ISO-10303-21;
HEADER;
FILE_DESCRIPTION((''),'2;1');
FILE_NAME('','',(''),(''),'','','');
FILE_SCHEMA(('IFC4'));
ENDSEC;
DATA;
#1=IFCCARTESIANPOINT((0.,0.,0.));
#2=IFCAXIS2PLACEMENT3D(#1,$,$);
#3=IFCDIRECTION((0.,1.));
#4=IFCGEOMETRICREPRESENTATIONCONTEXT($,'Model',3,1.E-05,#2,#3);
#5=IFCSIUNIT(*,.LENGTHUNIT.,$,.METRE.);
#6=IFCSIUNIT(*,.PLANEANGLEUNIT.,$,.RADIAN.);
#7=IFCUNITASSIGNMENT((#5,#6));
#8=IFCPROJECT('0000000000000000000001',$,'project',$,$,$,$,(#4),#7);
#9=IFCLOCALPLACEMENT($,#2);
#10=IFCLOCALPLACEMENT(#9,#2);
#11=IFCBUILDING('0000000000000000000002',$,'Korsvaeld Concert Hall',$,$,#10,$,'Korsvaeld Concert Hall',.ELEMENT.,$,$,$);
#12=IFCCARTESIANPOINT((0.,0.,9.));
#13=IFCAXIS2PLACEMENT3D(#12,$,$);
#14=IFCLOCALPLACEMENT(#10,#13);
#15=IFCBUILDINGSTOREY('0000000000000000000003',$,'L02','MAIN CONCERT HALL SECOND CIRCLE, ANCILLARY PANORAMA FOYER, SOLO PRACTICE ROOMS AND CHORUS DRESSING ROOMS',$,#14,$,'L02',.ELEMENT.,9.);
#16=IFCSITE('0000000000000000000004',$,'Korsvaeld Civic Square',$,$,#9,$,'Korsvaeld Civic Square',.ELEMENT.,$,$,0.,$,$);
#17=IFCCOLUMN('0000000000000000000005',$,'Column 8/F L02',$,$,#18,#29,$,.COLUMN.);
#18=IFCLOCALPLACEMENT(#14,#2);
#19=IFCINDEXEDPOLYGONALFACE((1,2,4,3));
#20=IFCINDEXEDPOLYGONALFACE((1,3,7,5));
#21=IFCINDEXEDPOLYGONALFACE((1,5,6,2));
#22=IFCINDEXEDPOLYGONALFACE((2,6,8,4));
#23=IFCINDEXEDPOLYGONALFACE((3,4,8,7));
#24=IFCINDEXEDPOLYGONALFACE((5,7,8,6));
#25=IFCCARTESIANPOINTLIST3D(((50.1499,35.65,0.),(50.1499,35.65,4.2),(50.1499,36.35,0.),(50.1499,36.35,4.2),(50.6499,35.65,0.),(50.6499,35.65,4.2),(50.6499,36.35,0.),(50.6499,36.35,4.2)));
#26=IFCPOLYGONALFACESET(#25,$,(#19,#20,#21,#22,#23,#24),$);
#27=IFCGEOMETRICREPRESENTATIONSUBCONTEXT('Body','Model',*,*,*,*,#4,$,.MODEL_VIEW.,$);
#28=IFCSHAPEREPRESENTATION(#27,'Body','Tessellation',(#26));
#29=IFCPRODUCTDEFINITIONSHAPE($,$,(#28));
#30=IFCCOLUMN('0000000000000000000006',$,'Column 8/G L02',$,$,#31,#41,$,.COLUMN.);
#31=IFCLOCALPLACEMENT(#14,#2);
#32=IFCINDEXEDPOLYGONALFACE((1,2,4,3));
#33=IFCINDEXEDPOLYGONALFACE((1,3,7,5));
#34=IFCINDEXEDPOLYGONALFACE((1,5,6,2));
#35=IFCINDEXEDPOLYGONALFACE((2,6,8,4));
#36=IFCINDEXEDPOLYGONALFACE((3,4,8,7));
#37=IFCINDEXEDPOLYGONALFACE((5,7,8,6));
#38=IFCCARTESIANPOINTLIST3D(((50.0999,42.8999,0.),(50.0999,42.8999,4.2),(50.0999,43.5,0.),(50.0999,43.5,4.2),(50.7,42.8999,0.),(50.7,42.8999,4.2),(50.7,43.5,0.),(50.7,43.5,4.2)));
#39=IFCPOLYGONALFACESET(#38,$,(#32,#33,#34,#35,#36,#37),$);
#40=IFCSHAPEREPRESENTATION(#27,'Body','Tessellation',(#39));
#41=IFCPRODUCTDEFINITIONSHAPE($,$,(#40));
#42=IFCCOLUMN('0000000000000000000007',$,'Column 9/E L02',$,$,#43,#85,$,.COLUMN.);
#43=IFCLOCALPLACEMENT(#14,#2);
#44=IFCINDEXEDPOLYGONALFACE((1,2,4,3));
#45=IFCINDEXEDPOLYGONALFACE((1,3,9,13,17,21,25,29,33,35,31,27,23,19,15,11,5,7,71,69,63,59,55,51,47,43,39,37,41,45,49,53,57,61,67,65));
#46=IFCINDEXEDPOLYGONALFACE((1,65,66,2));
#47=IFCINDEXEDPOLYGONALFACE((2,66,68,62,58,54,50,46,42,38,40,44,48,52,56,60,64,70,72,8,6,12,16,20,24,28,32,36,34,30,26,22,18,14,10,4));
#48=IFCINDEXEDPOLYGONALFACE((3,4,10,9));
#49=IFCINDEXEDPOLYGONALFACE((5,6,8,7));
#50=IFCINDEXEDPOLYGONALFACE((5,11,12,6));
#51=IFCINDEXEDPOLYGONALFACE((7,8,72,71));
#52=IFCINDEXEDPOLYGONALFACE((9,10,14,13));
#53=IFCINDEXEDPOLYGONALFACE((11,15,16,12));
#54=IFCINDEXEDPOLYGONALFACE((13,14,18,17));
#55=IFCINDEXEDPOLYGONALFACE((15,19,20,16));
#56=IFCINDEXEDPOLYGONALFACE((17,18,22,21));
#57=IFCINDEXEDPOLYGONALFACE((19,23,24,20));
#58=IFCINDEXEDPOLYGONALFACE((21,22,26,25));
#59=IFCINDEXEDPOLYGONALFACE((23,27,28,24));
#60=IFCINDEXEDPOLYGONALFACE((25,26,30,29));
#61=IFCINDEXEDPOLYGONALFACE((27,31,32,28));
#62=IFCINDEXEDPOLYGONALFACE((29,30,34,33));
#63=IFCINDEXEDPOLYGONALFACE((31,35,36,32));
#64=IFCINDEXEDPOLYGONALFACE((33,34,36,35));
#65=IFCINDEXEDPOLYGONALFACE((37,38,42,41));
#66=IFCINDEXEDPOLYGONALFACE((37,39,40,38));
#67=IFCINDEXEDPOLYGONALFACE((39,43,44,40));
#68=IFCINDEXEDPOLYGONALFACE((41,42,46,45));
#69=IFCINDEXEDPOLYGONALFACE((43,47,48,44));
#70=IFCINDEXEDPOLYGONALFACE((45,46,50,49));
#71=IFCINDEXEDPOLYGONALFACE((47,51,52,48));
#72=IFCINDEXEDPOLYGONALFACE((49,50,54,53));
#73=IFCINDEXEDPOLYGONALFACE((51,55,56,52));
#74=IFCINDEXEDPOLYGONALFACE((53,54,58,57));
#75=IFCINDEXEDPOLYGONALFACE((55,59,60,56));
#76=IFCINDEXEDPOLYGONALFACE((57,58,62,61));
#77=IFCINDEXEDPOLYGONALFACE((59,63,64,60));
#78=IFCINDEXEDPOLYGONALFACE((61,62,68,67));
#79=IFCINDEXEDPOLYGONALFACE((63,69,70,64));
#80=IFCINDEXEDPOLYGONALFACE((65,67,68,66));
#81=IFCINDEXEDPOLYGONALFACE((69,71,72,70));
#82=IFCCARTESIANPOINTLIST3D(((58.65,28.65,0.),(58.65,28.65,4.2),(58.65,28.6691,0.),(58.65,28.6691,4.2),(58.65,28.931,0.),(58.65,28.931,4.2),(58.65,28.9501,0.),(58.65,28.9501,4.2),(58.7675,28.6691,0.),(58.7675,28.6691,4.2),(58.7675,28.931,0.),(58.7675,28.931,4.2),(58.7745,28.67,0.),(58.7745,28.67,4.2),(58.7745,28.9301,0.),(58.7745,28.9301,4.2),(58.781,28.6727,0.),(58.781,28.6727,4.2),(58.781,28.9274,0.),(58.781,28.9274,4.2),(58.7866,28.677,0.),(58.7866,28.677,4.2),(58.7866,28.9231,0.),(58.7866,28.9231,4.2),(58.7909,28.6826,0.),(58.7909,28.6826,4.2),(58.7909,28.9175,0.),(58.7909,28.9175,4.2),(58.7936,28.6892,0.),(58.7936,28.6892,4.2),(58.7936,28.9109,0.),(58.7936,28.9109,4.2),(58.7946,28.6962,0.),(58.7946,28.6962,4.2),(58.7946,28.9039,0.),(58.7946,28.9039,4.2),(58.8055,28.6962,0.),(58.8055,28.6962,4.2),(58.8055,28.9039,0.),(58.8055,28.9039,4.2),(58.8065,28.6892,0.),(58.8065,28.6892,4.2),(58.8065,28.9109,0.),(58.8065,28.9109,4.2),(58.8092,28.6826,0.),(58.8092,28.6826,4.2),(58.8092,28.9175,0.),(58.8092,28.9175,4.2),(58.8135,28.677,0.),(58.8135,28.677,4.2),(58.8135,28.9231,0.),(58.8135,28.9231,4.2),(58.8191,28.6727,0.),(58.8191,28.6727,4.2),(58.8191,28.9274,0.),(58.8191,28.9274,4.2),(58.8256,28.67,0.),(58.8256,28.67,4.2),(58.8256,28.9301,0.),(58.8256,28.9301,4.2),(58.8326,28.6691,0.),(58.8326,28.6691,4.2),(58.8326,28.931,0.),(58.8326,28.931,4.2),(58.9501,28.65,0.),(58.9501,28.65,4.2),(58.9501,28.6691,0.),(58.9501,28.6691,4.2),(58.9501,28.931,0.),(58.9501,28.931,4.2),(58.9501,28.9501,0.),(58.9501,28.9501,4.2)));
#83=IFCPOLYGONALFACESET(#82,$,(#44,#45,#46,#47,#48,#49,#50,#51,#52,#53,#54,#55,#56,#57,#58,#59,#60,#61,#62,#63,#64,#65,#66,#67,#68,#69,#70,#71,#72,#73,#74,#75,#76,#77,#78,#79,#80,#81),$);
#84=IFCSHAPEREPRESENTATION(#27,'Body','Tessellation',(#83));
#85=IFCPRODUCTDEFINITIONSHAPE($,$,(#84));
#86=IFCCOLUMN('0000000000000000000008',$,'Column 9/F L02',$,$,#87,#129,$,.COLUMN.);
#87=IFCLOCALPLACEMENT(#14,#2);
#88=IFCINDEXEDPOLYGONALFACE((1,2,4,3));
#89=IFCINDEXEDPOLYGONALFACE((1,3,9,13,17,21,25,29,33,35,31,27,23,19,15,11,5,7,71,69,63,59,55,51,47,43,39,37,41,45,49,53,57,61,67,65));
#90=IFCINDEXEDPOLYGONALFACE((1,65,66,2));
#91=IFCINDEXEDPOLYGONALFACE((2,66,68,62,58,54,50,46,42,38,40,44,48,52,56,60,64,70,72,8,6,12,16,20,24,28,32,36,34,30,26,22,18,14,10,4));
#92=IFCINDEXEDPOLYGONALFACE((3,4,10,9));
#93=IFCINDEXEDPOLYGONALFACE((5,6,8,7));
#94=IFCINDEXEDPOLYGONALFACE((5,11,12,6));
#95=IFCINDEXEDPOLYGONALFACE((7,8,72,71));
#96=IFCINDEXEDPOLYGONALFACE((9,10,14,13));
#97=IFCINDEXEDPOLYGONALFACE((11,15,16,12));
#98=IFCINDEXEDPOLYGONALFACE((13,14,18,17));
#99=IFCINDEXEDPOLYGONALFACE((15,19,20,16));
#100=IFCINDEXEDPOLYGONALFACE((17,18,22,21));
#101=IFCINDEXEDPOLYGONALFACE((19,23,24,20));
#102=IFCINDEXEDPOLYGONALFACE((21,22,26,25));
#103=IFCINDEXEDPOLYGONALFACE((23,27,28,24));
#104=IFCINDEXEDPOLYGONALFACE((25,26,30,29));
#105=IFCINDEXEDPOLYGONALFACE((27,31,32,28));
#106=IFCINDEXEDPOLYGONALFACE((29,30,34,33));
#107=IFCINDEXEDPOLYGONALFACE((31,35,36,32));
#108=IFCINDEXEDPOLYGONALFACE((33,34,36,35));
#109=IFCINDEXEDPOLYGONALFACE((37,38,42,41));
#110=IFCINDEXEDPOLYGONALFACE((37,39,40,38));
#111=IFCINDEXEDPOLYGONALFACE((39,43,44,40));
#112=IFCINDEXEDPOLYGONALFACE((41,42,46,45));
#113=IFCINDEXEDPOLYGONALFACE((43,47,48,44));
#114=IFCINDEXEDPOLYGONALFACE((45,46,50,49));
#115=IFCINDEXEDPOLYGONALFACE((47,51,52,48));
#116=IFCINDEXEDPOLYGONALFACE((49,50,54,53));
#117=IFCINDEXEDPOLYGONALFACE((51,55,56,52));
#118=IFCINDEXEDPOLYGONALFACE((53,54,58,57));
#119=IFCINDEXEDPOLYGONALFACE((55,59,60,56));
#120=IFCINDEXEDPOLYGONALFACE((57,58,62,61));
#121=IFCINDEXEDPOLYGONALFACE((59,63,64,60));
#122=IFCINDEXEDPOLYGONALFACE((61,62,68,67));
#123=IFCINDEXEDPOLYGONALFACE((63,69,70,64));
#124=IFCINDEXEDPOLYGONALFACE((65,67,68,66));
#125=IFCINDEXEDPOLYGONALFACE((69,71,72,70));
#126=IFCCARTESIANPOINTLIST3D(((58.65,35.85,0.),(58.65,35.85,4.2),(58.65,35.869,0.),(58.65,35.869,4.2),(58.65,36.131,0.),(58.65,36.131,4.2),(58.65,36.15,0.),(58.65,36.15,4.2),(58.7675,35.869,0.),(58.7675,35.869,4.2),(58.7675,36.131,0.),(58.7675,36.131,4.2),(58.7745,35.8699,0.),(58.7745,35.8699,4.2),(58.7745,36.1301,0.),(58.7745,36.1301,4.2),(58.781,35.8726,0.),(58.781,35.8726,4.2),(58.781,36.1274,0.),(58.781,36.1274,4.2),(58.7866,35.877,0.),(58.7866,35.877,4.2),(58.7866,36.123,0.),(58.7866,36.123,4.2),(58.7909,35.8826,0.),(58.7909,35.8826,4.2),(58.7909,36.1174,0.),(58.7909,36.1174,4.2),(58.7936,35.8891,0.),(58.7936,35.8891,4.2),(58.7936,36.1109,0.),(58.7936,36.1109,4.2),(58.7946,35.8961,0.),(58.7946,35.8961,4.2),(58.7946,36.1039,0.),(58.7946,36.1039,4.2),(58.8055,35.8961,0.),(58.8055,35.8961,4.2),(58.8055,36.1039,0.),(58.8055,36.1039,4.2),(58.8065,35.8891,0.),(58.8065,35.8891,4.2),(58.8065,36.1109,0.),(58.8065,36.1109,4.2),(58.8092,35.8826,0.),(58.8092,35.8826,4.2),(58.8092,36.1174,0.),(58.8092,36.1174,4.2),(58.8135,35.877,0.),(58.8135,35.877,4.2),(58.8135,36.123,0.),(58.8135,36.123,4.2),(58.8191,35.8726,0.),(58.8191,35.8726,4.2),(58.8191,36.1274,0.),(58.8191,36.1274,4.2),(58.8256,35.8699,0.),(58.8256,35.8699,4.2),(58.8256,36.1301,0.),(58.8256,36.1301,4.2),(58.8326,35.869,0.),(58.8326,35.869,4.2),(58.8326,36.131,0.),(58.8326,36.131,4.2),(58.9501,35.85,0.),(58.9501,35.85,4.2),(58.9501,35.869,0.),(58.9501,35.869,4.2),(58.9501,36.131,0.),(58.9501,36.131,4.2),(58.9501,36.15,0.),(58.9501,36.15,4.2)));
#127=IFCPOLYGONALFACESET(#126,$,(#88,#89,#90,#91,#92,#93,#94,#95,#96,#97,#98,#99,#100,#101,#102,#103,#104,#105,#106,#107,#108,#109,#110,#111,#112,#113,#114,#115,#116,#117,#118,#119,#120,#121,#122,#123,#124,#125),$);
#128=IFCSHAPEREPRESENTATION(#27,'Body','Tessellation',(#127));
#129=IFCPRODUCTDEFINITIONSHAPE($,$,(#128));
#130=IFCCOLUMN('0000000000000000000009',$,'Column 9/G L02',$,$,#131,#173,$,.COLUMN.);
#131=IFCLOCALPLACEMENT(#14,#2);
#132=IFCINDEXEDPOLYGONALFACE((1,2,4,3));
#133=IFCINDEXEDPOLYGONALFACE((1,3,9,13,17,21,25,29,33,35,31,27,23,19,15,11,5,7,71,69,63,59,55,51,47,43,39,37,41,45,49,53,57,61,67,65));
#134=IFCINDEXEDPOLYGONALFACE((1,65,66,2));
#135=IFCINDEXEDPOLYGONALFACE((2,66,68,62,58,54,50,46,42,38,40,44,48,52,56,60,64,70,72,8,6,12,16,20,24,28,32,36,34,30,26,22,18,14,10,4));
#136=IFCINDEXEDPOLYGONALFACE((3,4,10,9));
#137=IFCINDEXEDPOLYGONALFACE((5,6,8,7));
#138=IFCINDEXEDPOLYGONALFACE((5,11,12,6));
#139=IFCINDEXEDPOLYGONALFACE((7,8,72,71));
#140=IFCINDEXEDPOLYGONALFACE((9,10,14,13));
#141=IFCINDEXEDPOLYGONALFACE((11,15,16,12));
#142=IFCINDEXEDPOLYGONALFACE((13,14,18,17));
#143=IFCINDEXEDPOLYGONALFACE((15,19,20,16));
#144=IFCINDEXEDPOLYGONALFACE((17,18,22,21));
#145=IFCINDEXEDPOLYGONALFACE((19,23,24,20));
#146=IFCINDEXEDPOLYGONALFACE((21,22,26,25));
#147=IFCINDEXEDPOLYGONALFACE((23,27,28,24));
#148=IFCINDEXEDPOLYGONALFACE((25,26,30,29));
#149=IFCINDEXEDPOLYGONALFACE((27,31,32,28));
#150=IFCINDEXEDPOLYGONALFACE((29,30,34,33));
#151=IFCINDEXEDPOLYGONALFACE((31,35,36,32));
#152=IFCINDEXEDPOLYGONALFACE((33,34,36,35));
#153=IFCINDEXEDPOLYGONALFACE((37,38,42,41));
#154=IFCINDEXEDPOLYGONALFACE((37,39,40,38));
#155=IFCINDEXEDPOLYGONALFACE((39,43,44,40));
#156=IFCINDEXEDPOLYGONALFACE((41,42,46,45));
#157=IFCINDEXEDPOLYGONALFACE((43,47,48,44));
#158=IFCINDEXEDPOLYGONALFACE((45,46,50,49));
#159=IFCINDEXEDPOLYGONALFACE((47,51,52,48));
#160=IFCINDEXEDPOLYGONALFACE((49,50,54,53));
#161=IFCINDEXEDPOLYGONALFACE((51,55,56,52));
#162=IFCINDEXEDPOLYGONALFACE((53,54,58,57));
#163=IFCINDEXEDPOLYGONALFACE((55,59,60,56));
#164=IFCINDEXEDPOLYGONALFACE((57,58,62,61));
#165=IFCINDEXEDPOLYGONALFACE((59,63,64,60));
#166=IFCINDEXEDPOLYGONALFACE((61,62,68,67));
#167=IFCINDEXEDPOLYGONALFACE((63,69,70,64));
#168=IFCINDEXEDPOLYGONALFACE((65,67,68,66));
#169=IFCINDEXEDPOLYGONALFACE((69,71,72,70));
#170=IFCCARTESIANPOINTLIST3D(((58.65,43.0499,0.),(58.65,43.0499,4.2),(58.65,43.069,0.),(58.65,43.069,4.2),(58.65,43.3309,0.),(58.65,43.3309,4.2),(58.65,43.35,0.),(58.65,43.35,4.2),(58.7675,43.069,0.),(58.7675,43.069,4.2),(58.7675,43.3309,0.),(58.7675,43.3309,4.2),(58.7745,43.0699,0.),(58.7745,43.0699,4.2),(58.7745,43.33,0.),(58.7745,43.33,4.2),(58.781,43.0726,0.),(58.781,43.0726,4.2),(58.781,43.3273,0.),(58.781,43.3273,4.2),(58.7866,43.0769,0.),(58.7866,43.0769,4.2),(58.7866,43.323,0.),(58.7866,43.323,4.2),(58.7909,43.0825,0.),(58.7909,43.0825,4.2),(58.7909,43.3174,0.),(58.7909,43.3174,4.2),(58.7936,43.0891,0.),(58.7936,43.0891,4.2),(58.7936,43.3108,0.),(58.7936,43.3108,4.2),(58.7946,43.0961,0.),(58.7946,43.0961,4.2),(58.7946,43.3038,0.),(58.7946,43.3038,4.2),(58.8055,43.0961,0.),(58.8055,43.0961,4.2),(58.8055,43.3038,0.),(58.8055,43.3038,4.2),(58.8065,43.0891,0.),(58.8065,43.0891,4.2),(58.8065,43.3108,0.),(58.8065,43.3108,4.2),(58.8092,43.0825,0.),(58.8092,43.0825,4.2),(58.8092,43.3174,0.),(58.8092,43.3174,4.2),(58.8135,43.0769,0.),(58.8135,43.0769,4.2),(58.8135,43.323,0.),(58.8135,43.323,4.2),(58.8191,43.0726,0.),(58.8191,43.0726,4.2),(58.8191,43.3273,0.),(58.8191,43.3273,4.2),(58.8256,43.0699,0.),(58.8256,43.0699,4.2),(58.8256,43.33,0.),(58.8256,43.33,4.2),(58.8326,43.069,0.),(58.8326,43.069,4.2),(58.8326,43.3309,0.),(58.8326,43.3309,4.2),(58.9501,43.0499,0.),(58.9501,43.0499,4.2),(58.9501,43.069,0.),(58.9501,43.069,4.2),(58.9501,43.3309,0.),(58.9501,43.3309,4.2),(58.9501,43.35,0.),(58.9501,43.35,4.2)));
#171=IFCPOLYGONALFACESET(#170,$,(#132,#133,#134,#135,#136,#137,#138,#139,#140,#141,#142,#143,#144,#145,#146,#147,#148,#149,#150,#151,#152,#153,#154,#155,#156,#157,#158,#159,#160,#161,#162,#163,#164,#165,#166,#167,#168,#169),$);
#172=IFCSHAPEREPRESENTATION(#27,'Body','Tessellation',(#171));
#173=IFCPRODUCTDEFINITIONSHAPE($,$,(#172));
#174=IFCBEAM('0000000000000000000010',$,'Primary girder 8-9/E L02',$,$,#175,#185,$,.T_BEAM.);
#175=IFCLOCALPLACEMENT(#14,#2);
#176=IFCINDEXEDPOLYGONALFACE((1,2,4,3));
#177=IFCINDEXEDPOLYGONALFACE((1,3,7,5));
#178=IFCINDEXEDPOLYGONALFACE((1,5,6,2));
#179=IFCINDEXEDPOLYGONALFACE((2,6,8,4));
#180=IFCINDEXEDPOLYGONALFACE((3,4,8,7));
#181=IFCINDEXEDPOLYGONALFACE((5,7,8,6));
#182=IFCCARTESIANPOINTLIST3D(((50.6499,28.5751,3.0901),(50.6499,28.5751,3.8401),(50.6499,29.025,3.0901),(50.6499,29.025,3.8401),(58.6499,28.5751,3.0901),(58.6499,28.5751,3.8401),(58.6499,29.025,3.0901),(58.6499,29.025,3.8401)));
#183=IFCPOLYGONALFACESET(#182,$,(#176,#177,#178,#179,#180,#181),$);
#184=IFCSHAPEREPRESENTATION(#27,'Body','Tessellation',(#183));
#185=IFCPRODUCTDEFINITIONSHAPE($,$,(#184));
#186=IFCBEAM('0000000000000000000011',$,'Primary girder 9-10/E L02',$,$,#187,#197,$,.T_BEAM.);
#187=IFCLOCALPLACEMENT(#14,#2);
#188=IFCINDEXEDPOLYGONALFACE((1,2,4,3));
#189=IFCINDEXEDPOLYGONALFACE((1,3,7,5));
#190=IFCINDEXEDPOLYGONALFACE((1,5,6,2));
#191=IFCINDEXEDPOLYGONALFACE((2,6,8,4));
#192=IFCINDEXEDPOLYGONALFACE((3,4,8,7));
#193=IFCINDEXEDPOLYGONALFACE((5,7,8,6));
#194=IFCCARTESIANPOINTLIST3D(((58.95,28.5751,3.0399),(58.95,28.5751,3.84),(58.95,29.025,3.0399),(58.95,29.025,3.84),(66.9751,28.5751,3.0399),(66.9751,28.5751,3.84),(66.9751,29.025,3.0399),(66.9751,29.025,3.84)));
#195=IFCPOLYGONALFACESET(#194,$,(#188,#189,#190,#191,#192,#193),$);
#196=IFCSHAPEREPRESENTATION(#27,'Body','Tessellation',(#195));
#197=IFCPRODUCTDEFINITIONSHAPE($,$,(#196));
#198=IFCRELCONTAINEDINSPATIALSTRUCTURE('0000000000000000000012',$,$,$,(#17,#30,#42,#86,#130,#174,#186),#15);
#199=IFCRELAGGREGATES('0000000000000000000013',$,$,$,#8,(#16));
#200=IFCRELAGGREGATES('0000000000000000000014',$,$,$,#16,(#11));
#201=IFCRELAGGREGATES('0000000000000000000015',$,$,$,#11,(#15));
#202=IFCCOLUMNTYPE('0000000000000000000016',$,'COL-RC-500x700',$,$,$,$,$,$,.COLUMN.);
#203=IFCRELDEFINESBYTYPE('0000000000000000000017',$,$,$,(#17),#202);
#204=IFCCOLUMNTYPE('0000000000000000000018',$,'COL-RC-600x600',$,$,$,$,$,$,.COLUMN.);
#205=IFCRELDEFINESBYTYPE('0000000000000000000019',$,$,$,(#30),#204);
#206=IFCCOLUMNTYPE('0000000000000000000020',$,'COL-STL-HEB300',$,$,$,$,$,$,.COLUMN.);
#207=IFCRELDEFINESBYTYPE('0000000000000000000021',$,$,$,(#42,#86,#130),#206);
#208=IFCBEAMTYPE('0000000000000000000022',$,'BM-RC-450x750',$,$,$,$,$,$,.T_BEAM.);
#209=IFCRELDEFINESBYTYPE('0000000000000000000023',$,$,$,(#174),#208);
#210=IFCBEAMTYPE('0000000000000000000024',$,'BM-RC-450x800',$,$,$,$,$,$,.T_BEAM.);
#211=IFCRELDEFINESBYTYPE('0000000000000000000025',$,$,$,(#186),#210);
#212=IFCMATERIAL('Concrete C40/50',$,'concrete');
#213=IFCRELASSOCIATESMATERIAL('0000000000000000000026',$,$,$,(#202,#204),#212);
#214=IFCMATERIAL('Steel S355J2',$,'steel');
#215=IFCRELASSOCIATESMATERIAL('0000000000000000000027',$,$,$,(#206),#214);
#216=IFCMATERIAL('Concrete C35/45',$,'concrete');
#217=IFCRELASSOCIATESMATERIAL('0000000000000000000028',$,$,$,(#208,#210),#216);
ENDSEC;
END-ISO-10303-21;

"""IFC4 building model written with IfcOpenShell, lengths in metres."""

from ifc_helpers import new_model, si_unit, direction, frame, origin, origin_2d, place, context, subcontext, project, spatial, rectangle, i_section, extrude, material, material_profile, profile_set, type_object, element, save


model = new_model("IFC4")

# Units and contexts
model_context = context("Model", 3, precision=1e-05, world=origin(), true_north=direction((0.0, 1.0)))
body_context = subcontext(model_context, "Body", "Model", "MODEL_VIEW")
ifc_project = project(units=[si_unit("LENGTHUNIT", "METRE"), si_unit("PLANEANGLEUNIT", "RADIAN")], contexts=[model_context])

# Site, building, storey
site_placement = place(None, origin())
site = spatial("IfcSite", under=ifc_project, at=site_placement, Name="Korsvaeld Civic Square", LongName="Korsvaeld Civic Square", CompositionType="ELEMENT", RefElevation=0.0)
building_placement = place(site_placement, origin())
building = spatial("IfcBuilding", under=site, at=building_placement, Name="Korsvaeld Concert Hall", LongName="Korsvaeld Concert Hall", CompositionType="ELEMENT")
storey_placement = place(building_placement, frame((0.0, 0.0, 9.0)))
storey = spatial("IfcBuildingStorey", under=building, at=storey_placement, Name="L02", Description="MAIN CONCERT HALL SECOND CIRCLE, ANCILLARY PANORAMA FOYER, SOLO PRACTICE ROOMS AND CHORUS DRESSING ROOMS", LongName="L02", CompositionType="ELEMENT", Elevation=9.0)

# Columns
ifc_material_1 = material(Name="Concrete C40/50", Category="concrete")
ifc_material_profile_1 = material_profile(ifc_material_1, rectangle(XDim=0.5, YDim=0.7, at=origin_2d()), Name="RC 500x700")
ifc_profile_set_1 = profile_set([ifc_material_profile_1], Name="Concrete C40/50")
column_type_1 = type_object("IfcColumnType", Name="COL-RC-500x700", PredefinedType="COLUMN", material=ifc_profile_set_1)
column_1_placement = place(storey_placement, frame((50.3999, 36.0, 0.0), z_axis=(0.0, 0.0, 1.0), x_axis=(1.0, 0.0, 0.0)))
element("IfcColumn", 1, at=column_1_placement, inside=storey, type_object=column_type_1, Name="Column 8/F L02", PredefinedType="COLUMN", context=body_context, shape_type="SweptSolid", body=[
    extrude(rectangle(XDim=0.5, YDim=0.7, at=origin_2d()), origin(), (0.0, 0.0, 1.0), 4.2),
])
ifc_material_profile_2 = material_profile(ifc_material_1, rectangle(XDim=0.6001, YDim=0.6001, at=origin_2d()), Name="RC 600x600")
ifc_profile_set_2 = profile_set([ifc_material_profile_2], Name="Concrete C40/50")
column_type_2 = type_object("IfcColumnType", Name="COL-RC-600x600", PredefinedType="COLUMN", material=ifc_profile_set_2)
column_2_placement = place(storey_placement, frame((50.3999, 43.2, 0.0), z_axis=(0.0, 0.0, 1.0), x_axis=(1.0, 0.0, 0.0)))
element("IfcColumn", 2, at=column_2_placement, inside=storey, type_object=column_type_2, Name="Column 8/G L02", PredefinedType="COLUMN", context=body_context, shape_type="SweptSolid", body=[
    extrude(rectangle(XDim=0.6001, YDim=0.6001, at=origin_2d()), origin(), (0.0, 0.0, 1.0), 4.2),
])
ifc_material_2 = material(Name="Steel S355J2", Category="steel")
ifc_material_profile_3 = material_profile(ifc_material_2, i_section(OverallWidth=0.3, OverallDepth=0.3, WebThickness=0.011, FlangeThickness=0.019, FilletRadius=0.0271, at=origin_2d()), Name="HEB 300")
ifc_profile_set_3 = profile_set([ifc_material_profile_3], Name="Steel S355J2")
column_type_3 = type_object("IfcColumnType", Name="COL-STL-HEB300", PredefinedType="COLUMN", material=ifc_profile_set_3)
for number, where, z_axis, x_axis, name in (
    (3, (58.8, 28.8, 0.0), (0.0, 0.0, 1.0), (1.0, 0.0, 0.0), "Column 9/E L02"),
    (4, (58.8, 36.0, 0.0), (0.0, 0.0, 1.0), (1.0, 0.0, 0.0), "Column 9/F L02"),
    (5, (58.8, 43.2, 0.0), (0.0, 0.0, 1.0), (1.0, 0.0, 0.0), "Column 9/G L02"),
):
    element("IfcColumn", number, at=place(storey_placement, frame(where, z_axis=z_axis, x_axis=x_axis)), inside=storey, type_object=column_type_3, Name=name, PredefinedType="COLUMN", context=body_context, shape_type="SweptSolid", body=[
        extrude(i_section(OverallWidth=0.3, OverallDepth=0.3, WebThickness=0.011, FlangeThickness=0.019, FilletRadius=0.0271, at=origin_2d()), origin(), (0.0, 0.0, 1.0), 4.2),
    ])

# Beams
ifc_material_3 = material(Name="Concrete C35/45", Category="concrete")
ifc_material_profile_4 = material_profile(ifc_material_3, rectangle(XDim=0.45, YDim=0.75, at=origin_2d()), Name="RC 450x750")
ifc_profile_set_4 = profile_set([ifc_material_profile_4], Name="Concrete C35/45")
beam_type_1 = type_object("IfcBeamType", Name="BM-RC-450x750", PredefinedType="T_BEAM", material=ifc_profile_set_4)
beam_1_placement = place(storey_placement, frame((50.6499, 28.8, 3.4651), z_axis=(1.0, 0.0, 0.0), x_axis=(0.0, 1.0, 0.0)))
element("IfcBeam", 6, at=beam_1_placement, inside=storey, type_object=beam_type_1, Name="Primary girder 8-9/E L02", PredefinedType="T_BEAM", context=body_context, shape_type="SweptSolid", body=[
    extrude(rectangle(XDim=0.45, YDim=0.75, at=origin_2d()), origin(), (0.0, 0.0, 1.0), 8.0),
])
ifc_material_profile_5 = material_profile(ifc_material_3, rectangle(XDim=0.45, YDim=0.8, at=origin_2d()), Name="RC 450x800")
ifc_profile_set_5 = profile_set([ifc_material_profile_5], Name="Concrete C35/45")
beam_type_2 = type_object("IfcBeamType", Name="BM-RC-450x800", PredefinedType="T_BEAM", material=ifc_profile_set_5)
beam_2_placement = place(storey_placement, frame((58.95, 28.8, 3.4399), z_axis=(1.0, 0.0, 0.0), x_axis=(0.0, 1.0, 0.0)))
element("IfcBeam", 7, at=beam_2_placement, inside=storey, type_object=beam_type_2, Name="Primary girder 9-10/E L02", PredefinedType="T_BEAM", context=body_context, shape_type="SweptSolid", body=[
    extrude(rectangle(XDim=0.45, YDim=0.8, at=origin_2d()), origin(), (0.0, 0.0, 1.0), 8.0251),
])

save(model, "model.ifc")
